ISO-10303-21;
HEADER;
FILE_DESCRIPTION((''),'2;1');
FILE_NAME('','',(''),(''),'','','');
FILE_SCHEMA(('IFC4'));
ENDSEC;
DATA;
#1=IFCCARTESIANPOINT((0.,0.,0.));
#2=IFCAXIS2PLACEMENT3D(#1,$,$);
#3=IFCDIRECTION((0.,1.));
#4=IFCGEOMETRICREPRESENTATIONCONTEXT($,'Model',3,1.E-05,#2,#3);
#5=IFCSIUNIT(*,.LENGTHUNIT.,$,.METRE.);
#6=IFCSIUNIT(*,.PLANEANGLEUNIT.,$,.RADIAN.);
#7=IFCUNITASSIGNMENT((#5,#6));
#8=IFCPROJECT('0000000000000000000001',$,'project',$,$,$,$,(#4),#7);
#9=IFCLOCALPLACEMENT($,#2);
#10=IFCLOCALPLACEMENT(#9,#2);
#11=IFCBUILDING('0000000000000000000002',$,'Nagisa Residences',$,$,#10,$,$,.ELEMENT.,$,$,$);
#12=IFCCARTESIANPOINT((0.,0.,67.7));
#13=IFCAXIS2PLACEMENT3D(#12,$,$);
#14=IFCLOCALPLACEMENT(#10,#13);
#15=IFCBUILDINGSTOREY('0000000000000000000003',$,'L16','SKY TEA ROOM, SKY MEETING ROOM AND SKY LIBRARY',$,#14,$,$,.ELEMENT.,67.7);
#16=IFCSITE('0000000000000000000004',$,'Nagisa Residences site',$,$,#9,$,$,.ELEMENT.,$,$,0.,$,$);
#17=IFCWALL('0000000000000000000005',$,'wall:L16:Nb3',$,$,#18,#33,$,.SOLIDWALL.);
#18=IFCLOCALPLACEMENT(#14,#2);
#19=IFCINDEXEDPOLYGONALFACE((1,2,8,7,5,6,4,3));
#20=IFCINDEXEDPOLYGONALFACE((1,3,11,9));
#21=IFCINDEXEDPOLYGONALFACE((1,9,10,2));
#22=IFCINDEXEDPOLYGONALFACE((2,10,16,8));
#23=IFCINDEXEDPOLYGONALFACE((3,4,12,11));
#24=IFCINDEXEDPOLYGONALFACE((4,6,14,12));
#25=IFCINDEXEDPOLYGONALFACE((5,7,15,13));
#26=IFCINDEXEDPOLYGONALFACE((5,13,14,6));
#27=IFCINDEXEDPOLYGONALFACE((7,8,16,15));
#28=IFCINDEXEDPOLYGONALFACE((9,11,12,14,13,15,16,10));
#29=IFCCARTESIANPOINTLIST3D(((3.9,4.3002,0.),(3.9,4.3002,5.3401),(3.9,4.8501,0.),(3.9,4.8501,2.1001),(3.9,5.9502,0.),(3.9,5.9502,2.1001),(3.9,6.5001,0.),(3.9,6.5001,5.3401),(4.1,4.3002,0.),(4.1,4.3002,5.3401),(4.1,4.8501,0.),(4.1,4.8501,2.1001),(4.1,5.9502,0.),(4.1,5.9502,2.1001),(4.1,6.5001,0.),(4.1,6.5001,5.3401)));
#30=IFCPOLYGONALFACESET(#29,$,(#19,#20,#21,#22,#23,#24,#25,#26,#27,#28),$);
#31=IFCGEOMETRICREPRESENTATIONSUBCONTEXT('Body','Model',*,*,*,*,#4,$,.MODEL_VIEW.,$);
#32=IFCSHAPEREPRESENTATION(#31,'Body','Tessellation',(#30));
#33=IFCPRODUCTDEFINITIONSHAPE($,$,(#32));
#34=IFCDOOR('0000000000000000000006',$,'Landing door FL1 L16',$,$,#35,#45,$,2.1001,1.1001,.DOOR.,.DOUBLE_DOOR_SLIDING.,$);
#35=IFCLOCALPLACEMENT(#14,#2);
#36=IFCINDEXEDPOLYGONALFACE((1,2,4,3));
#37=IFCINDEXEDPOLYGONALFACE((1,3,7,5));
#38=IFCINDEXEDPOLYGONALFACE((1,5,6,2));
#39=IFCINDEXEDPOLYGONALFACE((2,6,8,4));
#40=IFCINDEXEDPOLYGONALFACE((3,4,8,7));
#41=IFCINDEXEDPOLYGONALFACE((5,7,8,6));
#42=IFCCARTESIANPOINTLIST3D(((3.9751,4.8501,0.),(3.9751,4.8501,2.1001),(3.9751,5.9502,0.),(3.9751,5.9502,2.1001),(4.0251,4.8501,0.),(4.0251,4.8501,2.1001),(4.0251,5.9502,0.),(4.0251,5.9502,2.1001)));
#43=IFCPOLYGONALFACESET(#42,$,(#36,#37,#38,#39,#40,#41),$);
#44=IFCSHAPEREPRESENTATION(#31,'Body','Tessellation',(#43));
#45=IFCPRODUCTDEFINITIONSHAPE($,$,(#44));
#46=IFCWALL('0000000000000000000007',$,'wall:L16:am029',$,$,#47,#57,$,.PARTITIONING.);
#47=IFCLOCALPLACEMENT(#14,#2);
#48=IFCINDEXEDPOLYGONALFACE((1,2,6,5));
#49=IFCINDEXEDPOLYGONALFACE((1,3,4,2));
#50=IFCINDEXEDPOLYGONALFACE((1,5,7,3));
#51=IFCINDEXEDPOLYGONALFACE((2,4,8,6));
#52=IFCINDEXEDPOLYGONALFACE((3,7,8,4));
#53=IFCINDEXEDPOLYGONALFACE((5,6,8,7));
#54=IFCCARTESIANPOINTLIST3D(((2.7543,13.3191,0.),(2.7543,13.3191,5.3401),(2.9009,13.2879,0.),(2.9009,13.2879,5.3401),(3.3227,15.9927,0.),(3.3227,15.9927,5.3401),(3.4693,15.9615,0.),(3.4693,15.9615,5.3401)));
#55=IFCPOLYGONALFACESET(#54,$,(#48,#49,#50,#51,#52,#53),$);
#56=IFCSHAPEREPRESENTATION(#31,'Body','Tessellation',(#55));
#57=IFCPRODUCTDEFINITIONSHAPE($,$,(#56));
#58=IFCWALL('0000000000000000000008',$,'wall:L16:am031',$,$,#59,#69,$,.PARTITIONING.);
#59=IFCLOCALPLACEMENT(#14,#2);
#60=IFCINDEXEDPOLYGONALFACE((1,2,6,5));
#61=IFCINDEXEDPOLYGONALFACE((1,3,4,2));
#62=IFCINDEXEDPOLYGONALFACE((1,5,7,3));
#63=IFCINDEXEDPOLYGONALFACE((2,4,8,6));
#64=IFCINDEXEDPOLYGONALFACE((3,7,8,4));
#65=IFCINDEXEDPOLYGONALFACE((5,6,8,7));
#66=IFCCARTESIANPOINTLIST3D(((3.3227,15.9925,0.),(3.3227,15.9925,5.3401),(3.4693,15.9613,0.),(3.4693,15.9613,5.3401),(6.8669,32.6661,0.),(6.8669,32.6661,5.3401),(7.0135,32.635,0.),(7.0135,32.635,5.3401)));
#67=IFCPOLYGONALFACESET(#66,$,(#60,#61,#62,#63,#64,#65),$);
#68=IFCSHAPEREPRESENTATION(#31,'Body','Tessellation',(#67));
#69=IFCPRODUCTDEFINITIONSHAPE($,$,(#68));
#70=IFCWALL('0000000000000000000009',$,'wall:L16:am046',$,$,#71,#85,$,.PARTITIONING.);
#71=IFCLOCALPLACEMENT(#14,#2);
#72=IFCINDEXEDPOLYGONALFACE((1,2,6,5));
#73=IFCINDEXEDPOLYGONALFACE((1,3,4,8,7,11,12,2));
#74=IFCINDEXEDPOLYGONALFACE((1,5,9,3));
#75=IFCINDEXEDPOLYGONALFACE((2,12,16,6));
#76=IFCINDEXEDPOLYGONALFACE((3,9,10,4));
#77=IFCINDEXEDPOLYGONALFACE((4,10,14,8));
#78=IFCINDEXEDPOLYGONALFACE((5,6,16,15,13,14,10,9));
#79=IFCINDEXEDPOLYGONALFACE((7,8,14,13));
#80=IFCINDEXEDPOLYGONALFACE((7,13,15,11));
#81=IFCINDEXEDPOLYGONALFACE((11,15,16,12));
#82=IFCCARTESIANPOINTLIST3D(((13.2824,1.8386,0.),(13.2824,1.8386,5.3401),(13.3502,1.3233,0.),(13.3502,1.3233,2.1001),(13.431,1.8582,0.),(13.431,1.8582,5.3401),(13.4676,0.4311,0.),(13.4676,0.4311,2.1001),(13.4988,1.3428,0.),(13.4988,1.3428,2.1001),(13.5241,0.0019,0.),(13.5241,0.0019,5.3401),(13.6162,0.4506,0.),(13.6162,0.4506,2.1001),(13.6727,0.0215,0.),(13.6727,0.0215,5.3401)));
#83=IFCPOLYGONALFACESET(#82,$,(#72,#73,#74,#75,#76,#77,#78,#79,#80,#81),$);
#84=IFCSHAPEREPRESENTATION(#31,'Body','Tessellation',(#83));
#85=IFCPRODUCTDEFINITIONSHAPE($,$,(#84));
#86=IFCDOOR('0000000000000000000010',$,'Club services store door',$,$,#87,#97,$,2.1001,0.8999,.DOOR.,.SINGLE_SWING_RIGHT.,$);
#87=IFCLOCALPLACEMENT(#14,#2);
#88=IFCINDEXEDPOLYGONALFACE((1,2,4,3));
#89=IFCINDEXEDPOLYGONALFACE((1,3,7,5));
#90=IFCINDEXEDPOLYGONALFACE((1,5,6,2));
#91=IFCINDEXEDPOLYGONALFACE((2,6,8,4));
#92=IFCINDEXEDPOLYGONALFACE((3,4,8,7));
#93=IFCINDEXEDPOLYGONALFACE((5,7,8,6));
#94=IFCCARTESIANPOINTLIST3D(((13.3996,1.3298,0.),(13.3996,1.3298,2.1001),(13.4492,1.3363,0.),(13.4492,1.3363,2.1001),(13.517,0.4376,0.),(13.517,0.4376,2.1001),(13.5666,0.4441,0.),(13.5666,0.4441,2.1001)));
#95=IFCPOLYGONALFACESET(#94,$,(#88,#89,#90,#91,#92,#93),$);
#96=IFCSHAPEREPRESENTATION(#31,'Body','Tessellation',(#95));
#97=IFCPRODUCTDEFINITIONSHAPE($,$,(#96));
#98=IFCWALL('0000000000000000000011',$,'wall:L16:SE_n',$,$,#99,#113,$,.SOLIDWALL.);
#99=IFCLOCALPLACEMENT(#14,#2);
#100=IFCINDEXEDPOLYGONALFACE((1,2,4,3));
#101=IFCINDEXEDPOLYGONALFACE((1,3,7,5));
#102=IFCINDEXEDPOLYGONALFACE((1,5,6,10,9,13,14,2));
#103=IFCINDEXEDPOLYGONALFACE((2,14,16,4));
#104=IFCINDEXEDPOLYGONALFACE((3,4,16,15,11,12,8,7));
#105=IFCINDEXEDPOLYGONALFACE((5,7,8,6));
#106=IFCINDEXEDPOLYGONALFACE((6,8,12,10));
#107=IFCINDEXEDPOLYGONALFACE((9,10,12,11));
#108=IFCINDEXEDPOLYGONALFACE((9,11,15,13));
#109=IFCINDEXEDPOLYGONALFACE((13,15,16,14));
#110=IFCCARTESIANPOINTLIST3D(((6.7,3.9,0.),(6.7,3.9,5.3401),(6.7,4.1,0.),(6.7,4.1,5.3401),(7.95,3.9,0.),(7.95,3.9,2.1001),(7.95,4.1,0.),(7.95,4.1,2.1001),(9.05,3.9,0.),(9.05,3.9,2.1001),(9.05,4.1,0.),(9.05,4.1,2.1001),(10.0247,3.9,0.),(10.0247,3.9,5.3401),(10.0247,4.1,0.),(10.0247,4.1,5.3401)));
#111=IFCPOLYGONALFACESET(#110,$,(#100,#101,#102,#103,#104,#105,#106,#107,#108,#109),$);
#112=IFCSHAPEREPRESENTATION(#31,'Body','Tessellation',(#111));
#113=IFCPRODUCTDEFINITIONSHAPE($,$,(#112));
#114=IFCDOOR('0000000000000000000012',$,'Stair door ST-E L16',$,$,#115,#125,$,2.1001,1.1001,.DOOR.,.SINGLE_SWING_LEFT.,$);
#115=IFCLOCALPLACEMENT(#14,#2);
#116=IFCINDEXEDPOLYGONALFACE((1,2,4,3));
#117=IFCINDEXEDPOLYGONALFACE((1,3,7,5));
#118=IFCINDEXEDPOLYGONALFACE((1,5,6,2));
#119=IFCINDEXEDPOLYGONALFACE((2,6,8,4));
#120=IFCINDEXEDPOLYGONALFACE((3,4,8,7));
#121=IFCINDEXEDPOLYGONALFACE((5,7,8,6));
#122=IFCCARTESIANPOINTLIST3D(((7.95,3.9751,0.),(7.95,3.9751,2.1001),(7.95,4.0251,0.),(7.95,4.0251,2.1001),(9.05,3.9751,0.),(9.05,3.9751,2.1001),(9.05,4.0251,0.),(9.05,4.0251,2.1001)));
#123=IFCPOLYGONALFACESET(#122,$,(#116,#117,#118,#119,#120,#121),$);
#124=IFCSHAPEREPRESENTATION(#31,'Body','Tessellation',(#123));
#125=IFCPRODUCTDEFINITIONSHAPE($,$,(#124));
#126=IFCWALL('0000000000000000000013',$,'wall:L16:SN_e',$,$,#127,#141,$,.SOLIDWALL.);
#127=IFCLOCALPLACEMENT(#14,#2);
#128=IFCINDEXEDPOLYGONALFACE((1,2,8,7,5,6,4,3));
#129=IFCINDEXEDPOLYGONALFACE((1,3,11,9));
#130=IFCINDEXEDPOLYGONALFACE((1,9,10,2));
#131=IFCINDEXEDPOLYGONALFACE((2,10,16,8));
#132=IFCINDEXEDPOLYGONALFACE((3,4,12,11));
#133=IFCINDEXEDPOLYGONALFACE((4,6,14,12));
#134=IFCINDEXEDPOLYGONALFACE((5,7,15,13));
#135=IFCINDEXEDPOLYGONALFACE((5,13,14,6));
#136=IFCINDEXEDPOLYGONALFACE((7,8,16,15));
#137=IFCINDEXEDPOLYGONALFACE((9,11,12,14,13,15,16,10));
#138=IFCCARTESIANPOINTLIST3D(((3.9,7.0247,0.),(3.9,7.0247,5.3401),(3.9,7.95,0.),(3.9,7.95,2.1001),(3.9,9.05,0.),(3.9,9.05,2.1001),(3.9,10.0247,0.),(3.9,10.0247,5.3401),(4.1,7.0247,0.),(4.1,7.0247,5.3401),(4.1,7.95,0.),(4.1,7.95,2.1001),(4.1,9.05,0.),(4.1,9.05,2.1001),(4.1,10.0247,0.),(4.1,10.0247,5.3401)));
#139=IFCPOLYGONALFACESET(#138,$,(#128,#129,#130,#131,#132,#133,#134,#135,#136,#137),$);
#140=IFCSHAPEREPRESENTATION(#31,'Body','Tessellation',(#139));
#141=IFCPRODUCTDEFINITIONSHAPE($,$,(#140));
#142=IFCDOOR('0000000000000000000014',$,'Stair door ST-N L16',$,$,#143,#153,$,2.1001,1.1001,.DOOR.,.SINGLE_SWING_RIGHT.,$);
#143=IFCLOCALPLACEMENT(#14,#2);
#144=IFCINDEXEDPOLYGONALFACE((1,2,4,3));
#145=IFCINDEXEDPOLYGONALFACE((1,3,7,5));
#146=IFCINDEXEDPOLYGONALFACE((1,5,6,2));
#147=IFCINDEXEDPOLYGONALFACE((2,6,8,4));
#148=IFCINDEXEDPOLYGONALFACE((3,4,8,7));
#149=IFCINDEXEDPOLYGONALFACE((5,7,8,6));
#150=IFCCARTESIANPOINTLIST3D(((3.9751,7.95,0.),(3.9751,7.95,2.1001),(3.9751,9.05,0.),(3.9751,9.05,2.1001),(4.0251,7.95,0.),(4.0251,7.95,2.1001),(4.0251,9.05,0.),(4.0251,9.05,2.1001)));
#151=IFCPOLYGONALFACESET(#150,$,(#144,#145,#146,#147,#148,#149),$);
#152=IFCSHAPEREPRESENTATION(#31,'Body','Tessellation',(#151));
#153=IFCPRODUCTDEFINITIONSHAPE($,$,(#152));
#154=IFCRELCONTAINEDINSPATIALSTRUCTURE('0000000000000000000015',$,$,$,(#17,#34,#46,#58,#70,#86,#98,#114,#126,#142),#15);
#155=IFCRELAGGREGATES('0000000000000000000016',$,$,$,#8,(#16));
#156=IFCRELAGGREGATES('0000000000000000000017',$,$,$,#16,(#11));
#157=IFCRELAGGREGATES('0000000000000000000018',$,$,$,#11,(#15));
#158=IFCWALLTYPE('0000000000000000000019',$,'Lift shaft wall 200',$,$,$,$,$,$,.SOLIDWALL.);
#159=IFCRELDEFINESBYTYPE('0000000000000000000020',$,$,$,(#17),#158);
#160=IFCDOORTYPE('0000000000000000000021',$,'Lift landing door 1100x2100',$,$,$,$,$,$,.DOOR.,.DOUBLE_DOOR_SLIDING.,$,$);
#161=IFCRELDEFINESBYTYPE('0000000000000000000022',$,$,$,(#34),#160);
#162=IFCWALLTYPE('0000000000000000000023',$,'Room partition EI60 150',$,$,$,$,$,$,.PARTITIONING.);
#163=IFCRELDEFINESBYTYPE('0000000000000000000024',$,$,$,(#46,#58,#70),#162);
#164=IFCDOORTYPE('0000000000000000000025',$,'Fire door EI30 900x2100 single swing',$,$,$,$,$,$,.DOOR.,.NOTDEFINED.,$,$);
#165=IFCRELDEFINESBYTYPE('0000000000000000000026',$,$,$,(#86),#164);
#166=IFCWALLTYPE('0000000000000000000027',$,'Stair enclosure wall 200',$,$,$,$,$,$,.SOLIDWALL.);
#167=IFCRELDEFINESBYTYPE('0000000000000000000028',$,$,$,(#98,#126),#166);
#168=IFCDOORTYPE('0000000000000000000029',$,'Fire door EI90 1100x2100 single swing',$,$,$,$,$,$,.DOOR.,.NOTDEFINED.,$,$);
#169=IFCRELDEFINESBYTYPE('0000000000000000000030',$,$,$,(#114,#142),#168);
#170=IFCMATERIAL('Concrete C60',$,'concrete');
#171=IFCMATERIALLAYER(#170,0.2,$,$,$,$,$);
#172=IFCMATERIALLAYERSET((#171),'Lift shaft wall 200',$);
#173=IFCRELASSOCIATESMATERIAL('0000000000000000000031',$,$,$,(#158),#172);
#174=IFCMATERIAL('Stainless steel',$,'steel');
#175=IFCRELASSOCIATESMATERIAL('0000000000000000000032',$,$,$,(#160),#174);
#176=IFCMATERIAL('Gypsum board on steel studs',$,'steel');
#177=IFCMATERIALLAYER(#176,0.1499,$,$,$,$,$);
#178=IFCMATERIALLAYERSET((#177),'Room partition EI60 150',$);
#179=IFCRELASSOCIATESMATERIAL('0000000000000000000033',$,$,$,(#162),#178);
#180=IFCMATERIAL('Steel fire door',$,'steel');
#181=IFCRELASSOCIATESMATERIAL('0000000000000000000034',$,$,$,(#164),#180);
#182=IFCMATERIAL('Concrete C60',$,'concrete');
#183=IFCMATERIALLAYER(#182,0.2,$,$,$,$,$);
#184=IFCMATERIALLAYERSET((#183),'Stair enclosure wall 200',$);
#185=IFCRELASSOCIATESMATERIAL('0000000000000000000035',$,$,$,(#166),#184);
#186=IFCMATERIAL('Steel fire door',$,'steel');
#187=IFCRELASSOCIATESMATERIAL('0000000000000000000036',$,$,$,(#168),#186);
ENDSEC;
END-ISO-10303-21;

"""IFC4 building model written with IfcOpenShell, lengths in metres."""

from ifc_helpers import new_model, si_unit, direction, frame, frame_2d, origin, place, context, subcontext, project, spatial, rectangle, extrude, material, layer, layer_set, type_object, element, fill, save


model = new_model("IFC4")

# Units and contexts
model_context = context("Model", 3, precision=1e-05, world=origin(), true_north=direction((0.0, 1.0)))
body_context = subcontext(model_context, "Body", "Model", "MODEL_VIEW")
ifc_project = project(units=[si_unit("LENGTHUNIT", "METRE"), si_unit("PLANEANGLEUNIT", "RADIAN")], contexts=[model_context])

# Site, building, storey
site_placement = place(None, origin())
site = spatial("IfcSite", under=ifc_project, at=site_placement, Name="Nagisa Residences site", CompositionType="ELEMENT", RefElevation=0.0)
building_placement = place(site_placement, origin())
building = spatial("IfcBuilding", under=site, at=building_placement, Name="Nagisa Residences", CompositionType="ELEMENT")
storey_placement = place(building_placement, frame((0.0, 0.0, 67.7)))
storey = spatial("IfcBuildingStorey", under=building, at=storey_placement, Name="L16", Description="SKY TEA ROOM, SKY MEETING ROOM AND SKY LIBRARY", CompositionType="ELEMENT", Elevation=67.7)

# Wall, opening, door
ifc_material_1 = material(Name="Concrete C60", Category="concrete")
ifc_layer_1 = layer(ifc_material_1, 0.2)
ifc_layer_set_1 = layer_set([ifc_layer_1], Name="Lift shaft wall 200")
wall_type_1 = type_object("IfcWallType", Name="Lift shaft wall 200", PredefinedType="SOLIDWALL", material=ifc_layer_set_1)
wall_1_placement = place(storey_placement, frame((4.0, 4.3, 0.0), z_axis=(0.0, 0.0, 1.0), x_axis=(0.0, 1.0, 0.0)))
wall_1 = element("IfcWall", 1, at=wall_1_placement, inside=storey, type_object=wall_type_1, Name="wall:L16:Nb3", PredefinedType="SOLIDWALL", context=body_context, shape_type="SweptSolid", body=[
    extrude(rectangle(XDim=2.2, YDim=0.2, at=frame_2d((1.1001, 0.0))), origin(), (0.0, 0.0, 1.0), 5.3401),
])
opening_1_placement = place(wall_1_placement, frame((0.55, 0.0, 0.0)))
opening_1 = element("IfcOpeningElement", 2, at=opening_1_placement, cuts=wall_1, PredefinedType="OPENING", context=body_context, shape_type="SweptSolid", body=[
    extrude(rectangle(XDim=1.1001, YDim=2.1001, at=frame_2d((0.55, 1.05))), frame((0.0, 0.1099, 0.0), z_axis=(0.0, -1.0, 0.0), x_axis=(1.0, 0.0, 0.0)), (0.0, 0.0, 1.0), 0.22),
])
ifc_material_2 = material(Name="Stainless steel", Category="steel")
door_type_1 = type_object("IfcDoorType", Name="Lift landing door 1100x2100", OperationType="DOUBLE_DOOR_SLIDING", PredefinedType="DOOR", material=ifc_material_2)
door_1_placement = place(opening_1_placement, origin())
door_1 = element("IfcDoor", 3, at=door_1_placement, inside=storey, type_object=door_type_1, Name="Landing door FL1 L16", OperationType="DOUBLE_DOOR_SLIDING", OverallHeight=2.1001, OverallWidth=1.1001, PredefinedType="DOOR", context=body_context, shape_type="SweptSolid", body=[
    extrude(rectangle(XDim=1.1001, YDim=2.1001, at=frame_2d((0.55, 1.05))), frame((0.0, 0.0249, 0.0), z_axis=(0.0, -1.0, 0.0), x_axis=(1.0, 0.0, 0.0)), (0.0, 0.0, 1.0), 0.05),
])
fill(opening_1, door_1)

# Walls
ifc_material_3 = material(Name="Gypsum board on steel studs", Category="steel")
ifc_layer_2 = layer(ifc_material_3, 0.1499)
ifc_layer_set_2 = layer_set([ifc_layer_2], Name="Room partition EI60 150")
wall_type_2 = type_object("IfcWallType", Name="Room partition EI60 150", PredefinedType="PARTITIONING", material=ifc_layer_set_2)
wall_2_placement = place(storey_placement, frame((2.8276, 13.3035, 0.0), z_axis=(0.0, 0.0, 1.0), x_axis=(0.207937, 0.978142, 0.0)))
element("IfcWall", 4, at=wall_2_placement, inside=storey, type_object=wall_type_2, Name="wall:L16:am029", PredefinedType="PARTITIONING", context=body_context, shape_type="SweptSolid", body=[
    extrude(rectangle(XDim=2.7334, YDim=0.1499, at=frame_2d((1.3667, 0.0))), origin(), (0.0, 0.0, 1.0), 5.3401),
])
wall_3_placement = place(storey_placement, frame((3.396, 15.9771, 0.0), z_axis=(0.0, 0.0, 1.0), x_axis=(0.207918, 0.978146, 0.0)))
element("IfcWall", 5, at=wall_3_placement, inside=storey, type_object=wall_type_2, Name="wall:L16:am031", PredefinedType="PARTITIONING", context=body_context, shape_type="SweptSolid", body=[
    extrude(rectangle(XDim=17.0461, YDim=0.1499, at=frame_2d((8.5229, 0.0))), origin(), (0.0, 0.0, 1.0), 5.3401),
])

# Walls, openings, doors
wall_4_placement = place(storey_placement, frame((13.3567, 1.8484, 0.0), z_axis=(0.0, 0.0, 1.0), x_axis=(0.130472, -0.991452, 0.0)))
wall_4 = element("IfcWall", 6, at=wall_4_placement, inside=storey, type_object=wall_type_2, Name="wall:L16:am046", PredefinedType="PARTITIONING", context=body_context, shape_type="SweptSolid", body=[
    extrude(rectangle(XDim=1.8525, YDim=0.1499, at=frame_2d((0.9263, 0.0))), origin(), (0.0, 0.0, 1.0), 5.3401),
])
opening_2_placement = place(wall_4_placement, frame((0.5198, 0.0, 0.0)))
opening_2 = element("IfcOpeningElement", 7, at=opening_2_placement, cuts=wall_4, PredefinedType="OPENING", context=body_context, shape_type="SweptSolid", body=[
    extrude(rectangle(XDim=0.8999, YDim=2.1001, at=frame_2d((0.45, 1.05))), frame((0.0, 0.085, 0.0), z_axis=(0.0, -1.0, 0.0), x_axis=(1.0, 0.0, 0.0)), (0.0, 0.0, 1.0), 0.1699),
])
ifc_material_4 = material(Name="Steel fire door", Category="steel")
door_type_2 = type_object("IfcDoorType", Name="Fire door EI30 900x2100 single swing", OperationType="NOTDEFINED", PredefinedType="DOOR", material=ifc_material_4)
door_2_placement = place(opening_2_placement, origin())
door_2 = element("IfcDoor", 8, at=door_2_placement, inside=storey, type_object=door_type_2, Name="Club services store door", OperationType="SINGLE_SWING_RIGHT", OverallHeight=2.1001, OverallWidth=0.8999, PredefinedType="DOOR", context=body_context, shape_type="SweptSolid", body=[
    extrude(rectangle(XDim=0.8999, YDim=2.1001, at=frame_2d((0.45, 1.05))), frame((0.0, 0.0249, 0.0), z_axis=(0.0, -1.0, 0.0), x_axis=(1.0, 0.0, 0.0)), (0.0, 0.0, 1.0), 0.05),
])
fill(opening_2, door_2)
ifc_material_5 = material(Name="Concrete C60", Category="concrete")
ifc_layer_3 = layer(ifc_material_5, 0.2)
ifc_layer_set_3 = layer_set([ifc_layer_3], Name="Stair enclosure wall 200")
wall_type_3 = type_object("IfcWallType", Name="Stair enclosure wall 200", PredefinedType="SOLIDWALL", material=ifc_layer_set_3)
wall_5_placement = place(storey_placement, frame((6.7, 4.0, 0.0), z_axis=(0.0, 0.0, 1.0), x_axis=(1.0, 0.0, 0.0)))
wall_5 = element("IfcWall", 9, at=wall_5_placement, inside=storey, type_object=wall_type_3, Name="wall:L16:SE_n", PredefinedType="SOLIDWALL", context=body_context, shape_type="SweptSolid", body=[
    extrude(rectangle(XDim=3.3247, YDim=0.2, at=frame_2d((1.6624, 0.0))), origin(), (0.0, 0.0, 1.0), 5.3401),
])
opening_3_placement = place(wall_5_placement, frame((1.25, 0.0, 0.0)))
opening_3 = element("IfcOpeningElement", 10, at=opening_3_placement, cuts=wall_5, PredefinedType="OPENING", context=body_context, shape_type="SweptSolid", body=[
    extrude(rectangle(XDim=1.1001, YDim=2.1001, at=frame_2d((0.55, 1.05))), frame((0.0, 0.1099, 0.0), z_axis=(0.0, -1.0, 0.0), x_axis=(1.0, 0.0, 0.0)), (0.0, 0.0, 1.0), 0.22),
])
ifc_material_6 = material(Name="Steel fire door", Category="steel")
door_type_3 = type_object("IfcDoorType", Name="Fire door EI90 1100x2100 single swing", OperationType="NOTDEFINED", PredefinedType="DOOR", material=ifc_material_6)
door_3_placement = place(opening_3_placement, frame((1.1001, 0.0, 0.0), x_axis=(-1.0, 0.0, 0.0)))
door_3 = element("IfcDoor", 11, at=door_3_placement, inside=storey, type_object=door_type_3, Name="Stair door ST-E L16", OperationType="SINGLE_SWING_LEFT", OverallHeight=2.1001, OverallWidth=1.1001, PredefinedType="DOOR", context=body_context, shape_type="SweptSolid", body=[
    extrude(rectangle(XDim=1.1001, YDim=2.1001, at=frame_2d((0.55, 1.05))), frame((0.0, 0.0249, 0.0), z_axis=(0.0, -1.0, 0.0), x_axis=(1.0, 0.0, 0.0)), (0.0, 0.0, 1.0), 0.05),
])
fill(opening_3, door_3)
wall_6_placement = place(storey_placement, frame((4.0, 7.0247, 0.0), z_axis=(0.0, 0.0, 1.0), x_axis=(0.0, 1.0, 0.0)))
wall_6 = element("IfcWall", 12, at=wall_6_placement, inside=storey, type_object=wall_type_3, Name="wall:L16:SN_e", PredefinedType="SOLIDWALL", context=body_context, shape_type="SweptSolid", body=[
    extrude(rectangle(XDim=3.0, YDim=0.2, at=frame_2d((1.5, 0.0))), origin(), (0.0, 0.0, 1.0), 5.3401),
])
opening_4_placement = place(wall_6_placement, frame((0.9253, 0.0, 0.0)))
opening_4 = element("IfcOpeningElement", 13, at=opening_4_placement, cuts=wall_6, PredefinedType="OPENING", context=body_context, shape_type="SweptSolid", body=[
    extrude(rectangle(XDim=1.1001, YDim=2.1001, at=frame_2d((0.55, 1.05))), frame((0.0, 0.1099, 0.0), z_axis=(0.0, -1.0, 0.0), x_axis=(1.0, 0.0, 0.0)), (0.0, 0.0, 1.0), 0.22),
])
door_4_placement = place(opening_4_placement, origin())
door_4 = element("IfcDoor", 14, at=door_4_placement, inside=storey, type_object=door_type_3, Name="Stair door ST-N L16", OperationType="SINGLE_SWING_RIGHT", OverallHeight=2.1001, OverallWidth=1.1001, PredefinedType="DOOR", context=body_context, shape_type="SweptSolid", body=[
    extrude(rectangle(XDim=1.1001, YDim=2.1001, at=frame_2d((0.55, 1.05))), frame((0.0, 0.0249, 0.0), z_axis=(0.0, -1.0, 0.0), x_axis=(1.0, 0.0, 0.0)), (0.0, 0.0, 1.0), 0.05),
])
fill(opening_4, door_4)

save(model, "model.ifc")
